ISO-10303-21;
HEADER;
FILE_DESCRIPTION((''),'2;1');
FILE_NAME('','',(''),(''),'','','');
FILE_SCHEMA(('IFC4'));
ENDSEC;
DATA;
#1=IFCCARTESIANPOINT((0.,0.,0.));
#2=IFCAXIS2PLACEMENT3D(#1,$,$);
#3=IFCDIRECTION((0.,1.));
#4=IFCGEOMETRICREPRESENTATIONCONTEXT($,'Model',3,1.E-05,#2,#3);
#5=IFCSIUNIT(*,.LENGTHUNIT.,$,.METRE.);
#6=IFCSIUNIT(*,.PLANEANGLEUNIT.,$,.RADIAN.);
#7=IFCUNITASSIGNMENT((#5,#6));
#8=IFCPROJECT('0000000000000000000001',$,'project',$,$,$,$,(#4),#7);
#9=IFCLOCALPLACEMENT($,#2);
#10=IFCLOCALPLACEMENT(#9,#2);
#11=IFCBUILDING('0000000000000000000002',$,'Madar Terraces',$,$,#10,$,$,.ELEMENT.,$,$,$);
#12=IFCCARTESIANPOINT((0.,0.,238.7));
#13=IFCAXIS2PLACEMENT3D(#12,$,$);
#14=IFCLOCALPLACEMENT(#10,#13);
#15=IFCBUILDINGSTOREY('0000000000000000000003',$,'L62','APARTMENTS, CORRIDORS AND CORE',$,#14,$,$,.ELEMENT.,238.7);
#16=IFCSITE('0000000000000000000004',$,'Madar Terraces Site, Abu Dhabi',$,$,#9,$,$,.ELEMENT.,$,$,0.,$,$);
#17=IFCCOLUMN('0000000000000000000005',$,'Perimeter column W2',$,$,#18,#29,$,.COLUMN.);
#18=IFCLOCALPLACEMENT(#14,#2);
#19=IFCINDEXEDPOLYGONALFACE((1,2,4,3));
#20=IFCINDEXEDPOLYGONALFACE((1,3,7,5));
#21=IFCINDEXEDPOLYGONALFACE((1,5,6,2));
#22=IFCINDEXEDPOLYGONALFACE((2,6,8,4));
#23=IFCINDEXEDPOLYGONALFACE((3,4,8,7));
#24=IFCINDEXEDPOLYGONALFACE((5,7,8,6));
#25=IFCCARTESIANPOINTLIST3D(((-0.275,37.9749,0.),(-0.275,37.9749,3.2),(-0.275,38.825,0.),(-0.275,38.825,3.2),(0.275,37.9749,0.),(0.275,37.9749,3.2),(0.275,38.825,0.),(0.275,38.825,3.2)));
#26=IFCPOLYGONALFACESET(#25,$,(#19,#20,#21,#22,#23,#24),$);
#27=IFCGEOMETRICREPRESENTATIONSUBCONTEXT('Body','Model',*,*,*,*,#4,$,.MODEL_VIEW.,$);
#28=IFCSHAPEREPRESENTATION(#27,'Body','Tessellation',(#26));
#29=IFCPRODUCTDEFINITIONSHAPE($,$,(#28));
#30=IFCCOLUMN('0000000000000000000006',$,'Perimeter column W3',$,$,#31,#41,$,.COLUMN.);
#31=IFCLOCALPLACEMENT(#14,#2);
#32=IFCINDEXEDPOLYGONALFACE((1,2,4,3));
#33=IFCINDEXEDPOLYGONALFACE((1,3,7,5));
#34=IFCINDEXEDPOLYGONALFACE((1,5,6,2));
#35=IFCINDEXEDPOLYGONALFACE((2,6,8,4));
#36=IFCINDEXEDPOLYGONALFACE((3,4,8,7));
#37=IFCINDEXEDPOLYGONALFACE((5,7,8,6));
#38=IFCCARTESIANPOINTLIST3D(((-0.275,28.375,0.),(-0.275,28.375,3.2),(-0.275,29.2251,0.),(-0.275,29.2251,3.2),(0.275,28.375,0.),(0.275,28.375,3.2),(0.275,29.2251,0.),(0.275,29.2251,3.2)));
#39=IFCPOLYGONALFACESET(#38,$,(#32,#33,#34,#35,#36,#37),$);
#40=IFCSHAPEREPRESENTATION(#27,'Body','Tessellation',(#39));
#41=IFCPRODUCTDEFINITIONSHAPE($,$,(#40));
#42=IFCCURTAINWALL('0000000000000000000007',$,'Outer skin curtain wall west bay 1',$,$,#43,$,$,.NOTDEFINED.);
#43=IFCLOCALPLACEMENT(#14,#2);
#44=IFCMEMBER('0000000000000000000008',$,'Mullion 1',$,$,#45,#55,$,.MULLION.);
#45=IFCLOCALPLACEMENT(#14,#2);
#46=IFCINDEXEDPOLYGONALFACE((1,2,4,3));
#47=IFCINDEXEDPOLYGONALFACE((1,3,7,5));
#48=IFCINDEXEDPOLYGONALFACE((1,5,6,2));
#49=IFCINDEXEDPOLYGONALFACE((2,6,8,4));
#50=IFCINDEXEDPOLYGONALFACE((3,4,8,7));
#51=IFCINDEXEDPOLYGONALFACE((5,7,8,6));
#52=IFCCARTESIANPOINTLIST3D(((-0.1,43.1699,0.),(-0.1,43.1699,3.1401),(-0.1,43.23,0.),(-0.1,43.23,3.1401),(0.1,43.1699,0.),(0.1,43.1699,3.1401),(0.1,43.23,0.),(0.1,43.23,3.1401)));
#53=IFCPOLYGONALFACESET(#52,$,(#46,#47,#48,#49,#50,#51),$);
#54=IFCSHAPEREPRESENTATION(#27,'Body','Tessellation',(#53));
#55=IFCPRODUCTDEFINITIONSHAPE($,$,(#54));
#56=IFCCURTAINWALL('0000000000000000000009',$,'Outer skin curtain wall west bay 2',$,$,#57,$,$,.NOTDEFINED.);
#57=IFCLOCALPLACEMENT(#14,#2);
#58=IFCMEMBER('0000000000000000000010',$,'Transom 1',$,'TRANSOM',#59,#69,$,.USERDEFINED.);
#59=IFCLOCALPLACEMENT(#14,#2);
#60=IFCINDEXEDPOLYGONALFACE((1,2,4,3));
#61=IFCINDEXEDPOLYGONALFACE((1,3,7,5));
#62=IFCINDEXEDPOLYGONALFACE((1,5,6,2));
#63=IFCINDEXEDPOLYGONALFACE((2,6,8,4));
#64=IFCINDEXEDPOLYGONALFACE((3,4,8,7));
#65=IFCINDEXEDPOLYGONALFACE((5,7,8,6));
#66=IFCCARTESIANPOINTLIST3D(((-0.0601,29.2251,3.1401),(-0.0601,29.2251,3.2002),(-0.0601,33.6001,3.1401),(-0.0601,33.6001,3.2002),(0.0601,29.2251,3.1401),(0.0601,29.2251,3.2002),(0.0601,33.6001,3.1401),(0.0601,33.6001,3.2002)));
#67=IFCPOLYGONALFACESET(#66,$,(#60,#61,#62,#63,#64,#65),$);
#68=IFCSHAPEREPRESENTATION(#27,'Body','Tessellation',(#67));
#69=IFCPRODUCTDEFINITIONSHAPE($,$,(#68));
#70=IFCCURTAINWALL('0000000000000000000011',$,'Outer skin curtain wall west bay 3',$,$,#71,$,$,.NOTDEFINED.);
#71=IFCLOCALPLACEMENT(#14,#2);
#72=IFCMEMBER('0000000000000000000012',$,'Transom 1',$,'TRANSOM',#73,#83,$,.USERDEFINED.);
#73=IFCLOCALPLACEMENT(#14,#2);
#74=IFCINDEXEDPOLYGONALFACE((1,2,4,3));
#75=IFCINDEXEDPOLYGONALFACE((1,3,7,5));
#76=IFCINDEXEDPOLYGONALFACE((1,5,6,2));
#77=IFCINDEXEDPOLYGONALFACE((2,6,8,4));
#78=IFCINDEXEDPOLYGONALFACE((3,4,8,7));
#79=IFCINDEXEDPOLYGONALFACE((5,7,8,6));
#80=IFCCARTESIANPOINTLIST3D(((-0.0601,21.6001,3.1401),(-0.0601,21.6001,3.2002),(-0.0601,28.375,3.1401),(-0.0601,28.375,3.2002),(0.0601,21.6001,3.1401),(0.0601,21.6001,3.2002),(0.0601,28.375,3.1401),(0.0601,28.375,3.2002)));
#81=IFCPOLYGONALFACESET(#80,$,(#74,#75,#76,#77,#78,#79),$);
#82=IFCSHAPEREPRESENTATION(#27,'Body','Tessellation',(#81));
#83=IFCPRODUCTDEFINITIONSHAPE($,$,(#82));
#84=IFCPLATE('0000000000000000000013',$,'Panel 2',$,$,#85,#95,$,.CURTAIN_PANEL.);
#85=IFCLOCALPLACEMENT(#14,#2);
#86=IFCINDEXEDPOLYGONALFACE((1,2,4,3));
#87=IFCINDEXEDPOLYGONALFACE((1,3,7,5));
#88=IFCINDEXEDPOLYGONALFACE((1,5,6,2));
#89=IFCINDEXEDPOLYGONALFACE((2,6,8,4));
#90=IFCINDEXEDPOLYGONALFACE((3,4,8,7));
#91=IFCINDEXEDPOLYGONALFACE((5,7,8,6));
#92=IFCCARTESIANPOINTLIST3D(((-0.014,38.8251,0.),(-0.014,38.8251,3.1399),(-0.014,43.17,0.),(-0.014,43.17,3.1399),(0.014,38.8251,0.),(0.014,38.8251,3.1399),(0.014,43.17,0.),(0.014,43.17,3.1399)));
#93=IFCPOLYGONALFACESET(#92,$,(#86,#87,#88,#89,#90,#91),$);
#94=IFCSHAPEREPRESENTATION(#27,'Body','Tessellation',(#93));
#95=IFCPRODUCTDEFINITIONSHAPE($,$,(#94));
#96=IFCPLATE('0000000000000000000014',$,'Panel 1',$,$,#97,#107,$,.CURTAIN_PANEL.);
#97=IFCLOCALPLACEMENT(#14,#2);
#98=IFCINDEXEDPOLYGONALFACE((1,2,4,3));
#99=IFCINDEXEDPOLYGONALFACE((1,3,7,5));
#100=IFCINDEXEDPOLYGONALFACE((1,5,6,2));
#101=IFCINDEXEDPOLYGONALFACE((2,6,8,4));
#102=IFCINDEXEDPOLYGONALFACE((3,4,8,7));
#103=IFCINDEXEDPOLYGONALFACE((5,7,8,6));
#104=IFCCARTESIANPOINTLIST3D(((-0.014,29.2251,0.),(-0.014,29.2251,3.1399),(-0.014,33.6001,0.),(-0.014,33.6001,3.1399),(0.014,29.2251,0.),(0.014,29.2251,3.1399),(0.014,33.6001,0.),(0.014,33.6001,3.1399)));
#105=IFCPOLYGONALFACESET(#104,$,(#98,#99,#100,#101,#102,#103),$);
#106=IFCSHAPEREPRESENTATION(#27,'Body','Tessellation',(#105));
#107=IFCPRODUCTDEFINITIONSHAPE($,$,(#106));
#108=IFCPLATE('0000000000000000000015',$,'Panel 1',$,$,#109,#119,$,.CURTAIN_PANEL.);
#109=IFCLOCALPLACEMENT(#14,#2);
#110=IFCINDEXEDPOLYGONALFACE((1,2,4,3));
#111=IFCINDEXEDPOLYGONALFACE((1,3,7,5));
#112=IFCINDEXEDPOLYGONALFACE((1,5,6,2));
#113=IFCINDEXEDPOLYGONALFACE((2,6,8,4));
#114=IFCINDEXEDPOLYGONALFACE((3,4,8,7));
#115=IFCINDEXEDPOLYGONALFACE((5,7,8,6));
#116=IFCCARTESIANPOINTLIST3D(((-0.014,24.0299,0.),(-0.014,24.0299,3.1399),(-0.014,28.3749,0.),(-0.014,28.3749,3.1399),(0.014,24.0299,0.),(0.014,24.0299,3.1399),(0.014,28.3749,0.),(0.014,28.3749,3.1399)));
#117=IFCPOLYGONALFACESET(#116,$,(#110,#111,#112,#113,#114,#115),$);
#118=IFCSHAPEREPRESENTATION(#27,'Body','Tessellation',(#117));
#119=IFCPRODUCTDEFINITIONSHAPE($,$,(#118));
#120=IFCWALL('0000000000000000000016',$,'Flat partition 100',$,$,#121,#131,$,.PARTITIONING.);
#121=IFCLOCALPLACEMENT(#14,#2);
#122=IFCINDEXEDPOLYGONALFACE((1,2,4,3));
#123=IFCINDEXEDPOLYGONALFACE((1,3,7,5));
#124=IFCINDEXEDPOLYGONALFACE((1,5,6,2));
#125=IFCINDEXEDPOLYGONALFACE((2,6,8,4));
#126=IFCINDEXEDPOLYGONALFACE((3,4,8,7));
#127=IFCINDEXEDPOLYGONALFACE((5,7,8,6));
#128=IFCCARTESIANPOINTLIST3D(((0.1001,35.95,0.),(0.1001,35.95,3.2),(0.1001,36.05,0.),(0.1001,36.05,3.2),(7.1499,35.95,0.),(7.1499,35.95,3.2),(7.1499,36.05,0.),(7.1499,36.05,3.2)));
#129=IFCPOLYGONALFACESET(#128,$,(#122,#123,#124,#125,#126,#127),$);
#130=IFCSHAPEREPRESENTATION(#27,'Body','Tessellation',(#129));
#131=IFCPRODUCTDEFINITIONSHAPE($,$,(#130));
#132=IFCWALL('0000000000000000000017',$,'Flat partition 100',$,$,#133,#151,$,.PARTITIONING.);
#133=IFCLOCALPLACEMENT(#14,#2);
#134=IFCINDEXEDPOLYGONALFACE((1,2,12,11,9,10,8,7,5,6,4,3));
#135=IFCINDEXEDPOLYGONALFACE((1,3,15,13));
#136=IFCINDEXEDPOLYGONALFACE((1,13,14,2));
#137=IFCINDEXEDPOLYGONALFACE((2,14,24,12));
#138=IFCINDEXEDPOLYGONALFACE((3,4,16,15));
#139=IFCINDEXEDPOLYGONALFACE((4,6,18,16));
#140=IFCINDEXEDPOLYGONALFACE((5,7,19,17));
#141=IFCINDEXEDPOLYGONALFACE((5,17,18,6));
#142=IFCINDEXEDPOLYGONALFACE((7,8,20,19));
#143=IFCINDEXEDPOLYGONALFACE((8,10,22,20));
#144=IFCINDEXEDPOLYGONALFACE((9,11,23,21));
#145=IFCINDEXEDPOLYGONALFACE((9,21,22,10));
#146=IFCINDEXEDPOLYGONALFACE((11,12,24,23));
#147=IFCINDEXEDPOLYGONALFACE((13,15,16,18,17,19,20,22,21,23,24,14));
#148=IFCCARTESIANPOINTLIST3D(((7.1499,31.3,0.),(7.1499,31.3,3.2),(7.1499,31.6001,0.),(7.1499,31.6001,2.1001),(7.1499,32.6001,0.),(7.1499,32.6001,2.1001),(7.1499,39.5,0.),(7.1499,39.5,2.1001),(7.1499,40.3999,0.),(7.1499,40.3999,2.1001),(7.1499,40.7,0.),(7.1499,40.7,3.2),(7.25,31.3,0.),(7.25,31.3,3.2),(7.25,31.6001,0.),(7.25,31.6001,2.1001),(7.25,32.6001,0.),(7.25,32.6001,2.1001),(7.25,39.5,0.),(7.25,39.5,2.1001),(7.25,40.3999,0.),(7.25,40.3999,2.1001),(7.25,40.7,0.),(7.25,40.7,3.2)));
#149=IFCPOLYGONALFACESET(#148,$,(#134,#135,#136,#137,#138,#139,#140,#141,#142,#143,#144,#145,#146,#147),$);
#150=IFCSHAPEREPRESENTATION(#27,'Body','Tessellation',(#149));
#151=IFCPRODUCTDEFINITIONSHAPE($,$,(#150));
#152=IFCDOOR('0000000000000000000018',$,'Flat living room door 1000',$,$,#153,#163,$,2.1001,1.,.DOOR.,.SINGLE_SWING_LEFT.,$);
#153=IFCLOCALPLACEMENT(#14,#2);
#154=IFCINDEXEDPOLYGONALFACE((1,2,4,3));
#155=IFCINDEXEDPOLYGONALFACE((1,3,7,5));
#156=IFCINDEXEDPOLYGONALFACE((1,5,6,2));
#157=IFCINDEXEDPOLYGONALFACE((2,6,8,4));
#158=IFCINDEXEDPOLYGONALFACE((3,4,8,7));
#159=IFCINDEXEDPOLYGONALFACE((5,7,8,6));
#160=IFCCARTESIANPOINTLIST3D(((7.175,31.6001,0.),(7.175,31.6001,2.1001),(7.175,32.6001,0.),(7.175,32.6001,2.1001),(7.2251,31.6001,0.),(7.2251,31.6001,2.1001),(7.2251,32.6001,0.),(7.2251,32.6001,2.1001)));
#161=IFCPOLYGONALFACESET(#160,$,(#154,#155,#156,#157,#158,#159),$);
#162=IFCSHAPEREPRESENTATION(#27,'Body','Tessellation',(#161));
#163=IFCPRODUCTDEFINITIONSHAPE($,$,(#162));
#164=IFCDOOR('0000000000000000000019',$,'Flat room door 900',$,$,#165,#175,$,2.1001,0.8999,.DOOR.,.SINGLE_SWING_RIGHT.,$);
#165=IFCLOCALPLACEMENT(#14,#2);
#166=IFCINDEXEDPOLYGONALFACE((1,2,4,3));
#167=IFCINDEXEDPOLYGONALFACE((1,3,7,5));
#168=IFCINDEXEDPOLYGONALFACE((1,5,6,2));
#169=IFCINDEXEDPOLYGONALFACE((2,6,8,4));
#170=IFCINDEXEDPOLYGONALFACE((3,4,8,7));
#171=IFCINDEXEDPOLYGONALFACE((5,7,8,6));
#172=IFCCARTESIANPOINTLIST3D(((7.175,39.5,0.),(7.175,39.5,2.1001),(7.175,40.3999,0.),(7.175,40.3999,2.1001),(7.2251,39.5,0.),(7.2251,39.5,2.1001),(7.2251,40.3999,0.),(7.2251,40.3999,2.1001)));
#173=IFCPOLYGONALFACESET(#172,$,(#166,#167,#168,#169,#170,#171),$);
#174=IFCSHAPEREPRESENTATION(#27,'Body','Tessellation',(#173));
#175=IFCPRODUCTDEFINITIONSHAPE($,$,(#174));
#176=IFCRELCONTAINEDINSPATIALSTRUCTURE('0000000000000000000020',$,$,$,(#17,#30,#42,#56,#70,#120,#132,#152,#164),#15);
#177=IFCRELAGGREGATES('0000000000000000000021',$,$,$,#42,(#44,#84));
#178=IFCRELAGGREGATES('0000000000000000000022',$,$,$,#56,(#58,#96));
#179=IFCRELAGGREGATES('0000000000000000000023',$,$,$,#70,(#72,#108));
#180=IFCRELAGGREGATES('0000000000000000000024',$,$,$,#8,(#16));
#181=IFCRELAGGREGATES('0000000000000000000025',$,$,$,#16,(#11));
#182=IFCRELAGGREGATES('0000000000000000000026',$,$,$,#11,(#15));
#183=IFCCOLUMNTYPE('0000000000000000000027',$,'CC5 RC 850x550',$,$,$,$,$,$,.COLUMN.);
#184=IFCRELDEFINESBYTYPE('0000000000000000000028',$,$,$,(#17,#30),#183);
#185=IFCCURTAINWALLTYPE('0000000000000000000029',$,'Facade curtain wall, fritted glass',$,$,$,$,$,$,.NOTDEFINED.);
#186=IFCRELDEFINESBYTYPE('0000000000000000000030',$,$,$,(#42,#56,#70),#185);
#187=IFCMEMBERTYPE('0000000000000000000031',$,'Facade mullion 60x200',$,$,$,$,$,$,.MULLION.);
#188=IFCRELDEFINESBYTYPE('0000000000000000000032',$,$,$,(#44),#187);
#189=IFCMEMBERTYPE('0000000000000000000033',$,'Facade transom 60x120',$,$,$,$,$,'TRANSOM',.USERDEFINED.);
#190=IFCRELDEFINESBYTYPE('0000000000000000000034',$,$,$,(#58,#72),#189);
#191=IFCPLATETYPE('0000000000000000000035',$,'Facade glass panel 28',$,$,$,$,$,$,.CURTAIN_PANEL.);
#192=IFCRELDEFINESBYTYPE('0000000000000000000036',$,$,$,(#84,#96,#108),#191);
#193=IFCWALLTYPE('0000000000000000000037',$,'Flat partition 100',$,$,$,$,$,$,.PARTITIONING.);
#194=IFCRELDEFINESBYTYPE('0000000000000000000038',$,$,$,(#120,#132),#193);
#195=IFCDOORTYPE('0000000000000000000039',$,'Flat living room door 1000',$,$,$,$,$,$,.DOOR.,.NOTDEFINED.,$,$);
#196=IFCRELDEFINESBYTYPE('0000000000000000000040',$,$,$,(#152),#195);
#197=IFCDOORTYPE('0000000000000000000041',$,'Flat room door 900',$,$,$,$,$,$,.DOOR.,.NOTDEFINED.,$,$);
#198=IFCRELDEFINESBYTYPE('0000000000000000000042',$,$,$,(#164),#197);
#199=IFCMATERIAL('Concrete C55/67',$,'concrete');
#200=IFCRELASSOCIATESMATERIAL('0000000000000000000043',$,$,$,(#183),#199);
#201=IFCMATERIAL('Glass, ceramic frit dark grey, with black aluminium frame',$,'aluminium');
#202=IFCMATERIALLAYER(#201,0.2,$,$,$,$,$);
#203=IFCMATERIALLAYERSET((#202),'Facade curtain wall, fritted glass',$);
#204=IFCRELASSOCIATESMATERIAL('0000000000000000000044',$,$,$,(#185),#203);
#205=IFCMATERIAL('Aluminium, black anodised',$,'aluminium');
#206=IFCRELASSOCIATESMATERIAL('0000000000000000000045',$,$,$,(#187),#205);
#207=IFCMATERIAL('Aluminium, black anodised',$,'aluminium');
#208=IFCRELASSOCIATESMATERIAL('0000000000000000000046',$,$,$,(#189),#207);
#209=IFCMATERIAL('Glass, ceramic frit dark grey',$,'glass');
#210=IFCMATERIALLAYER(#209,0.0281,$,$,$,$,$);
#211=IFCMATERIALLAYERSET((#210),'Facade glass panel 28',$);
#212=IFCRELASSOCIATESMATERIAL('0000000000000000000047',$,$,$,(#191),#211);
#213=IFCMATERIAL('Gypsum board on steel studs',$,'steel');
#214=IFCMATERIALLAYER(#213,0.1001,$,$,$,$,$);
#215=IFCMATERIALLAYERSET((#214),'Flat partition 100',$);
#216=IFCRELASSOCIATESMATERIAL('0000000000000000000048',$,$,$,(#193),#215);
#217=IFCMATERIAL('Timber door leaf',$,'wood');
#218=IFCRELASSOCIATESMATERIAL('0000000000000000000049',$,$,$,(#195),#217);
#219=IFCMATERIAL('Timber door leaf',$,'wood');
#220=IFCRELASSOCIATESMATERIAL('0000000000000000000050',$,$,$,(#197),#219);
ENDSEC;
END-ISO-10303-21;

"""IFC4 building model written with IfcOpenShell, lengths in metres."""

from ifc_helpers import new_model, si_unit, direction, frame, frame_2d, origin, origin_2d, place, context, subcontext, project, spatial, rectangle, extrude, material, layer, layer_set, material_profile, profile_set, type_object, element, fill, aggregate, save


model = new_model("IFC4")

# Units and contexts
model_context = context("Model", 3, precision=1e-05, world=origin(), true_north=direction((0.0, 1.0)))
body_context = subcontext(model_context, "Body", "Model", "MODEL_VIEW")
ifc_project = project(units=[si_unit("LENGTHUNIT", "METRE"), si_unit("PLANEANGLEUNIT", "RADIAN")], contexts=[model_context])

# Site, building, storey
site_placement = place(None, origin())
site = spatial("IfcSite", under=ifc_project, at=site_placement, Name="Madar Terraces Site, Abu Dhabi", CompositionType="ELEMENT", RefElevation=0.0)
building_placement = place(site_placement, origin())
building = spatial("IfcBuilding", under=site, at=building_placement, Name="Madar Terraces", CompositionType="ELEMENT")
storey_placement = place(building_placement, frame((0.0, 0.0, 238.7)))
storey = spatial("IfcBuildingStorey", under=building, at=storey_placement, Name="L62", Description="APARTMENTS, CORRIDORS AND CORE", CompositionType="ELEMENT", Elevation=238.7)

# Columns
ifc_material_1 = material(Name="Concrete C55/67", Category="concrete")
ifc_material_profile_1 = material_profile(ifc_material_1, rectangle(XDim=0.8501, YDim=0.55, at=origin_2d()), Name="CC5 RC 850x550")
ifc_profile_set_1 = profile_set([ifc_material_profile_1], Name="Concrete C55/67")
column_type = type_object("IfcColumnType", Name="CC5 RC 850x550", PredefinedType="COLUMN", material=ifc_profile_set_1)
for number, where, z_axis, x_axis, name in (
    (1, (0.0, 38.3999, 0.0), (0.0, 0.0, 1.0), (0.0, 1.0, 0.0), "Perimeter column W2"),
    (2, (0.0, 28.8, 0.0), (0.0, 0.0, 1.0), (0.0, 1.0, 0.0), "Perimeter column W3"),
):
    element("IfcColumn", number, at=place(storey_placement, frame(where, z_axis=z_axis, x_axis=x_axis)), inside=storey, type_object=column_type, Name=name, PredefinedType="COLUMN", context=body_context, shape_type="SweptSolid", body=[
        extrude(rectangle(XDim=0.8501, YDim=0.55, at=origin_2d()), origin(), (0.0, 0.0, 1.0), 3.2),
    ])

# Curtain walls, members
ifc_material_2 = material(Name="Glass, ceramic frit dark grey, with black aluminium frame", Category="aluminium")
ifc_layer_1 = layer(ifc_material_2, 0.2)
ifc_layer_set_1 = layer_set([ifc_layer_1], Name="Facade curtain wall, fritted glass")
curtain_wall_type = type_object("IfcCurtainWallType", Name="Facade curtain wall, fritted glass", PredefinedType="NOTDEFINED", material=ifc_layer_set_1)
curtain_wall_1_placement = place(storey_placement, origin())
curtain_wall_1 = element("IfcCurtainWall", 3, at=curtain_wall_1_placement, inside=storey, type_object=curtain_wall_type, Name="Outer skin curtain wall west bay 1", PredefinedType="NOTDEFINED")
ifc_material_3 = material(Name="Aluminium, black anodised", Category="aluminium")
ifc_material_profile_2 = material_profile(ifc_material_3, rectangle(XDim=0.2, YDim=0.0601, at=origin_2d()), Name="Facade mullion 60x200")
ifc_profile_set_2 = profile_set([ifc_material_profile_2], Name="Aluminium, black anodised")
member_type_1 = type_object("IfcMemberType", Name="Facade mullion 60x200", PredefinedType="MULLION", material=ifc_profile_set_2)
member_1_placement = place(storey_placement, frame((0.0, 43.2, 0.0), z_axis=(0.0, 0.0, 1.0), x_axis=(1.0, 0.0, 0.0)))
member_1 = element("IfcMember", 4, at=member_1_placement, type_object=member_type_1, Name="Mullion 1", PredefinedType="MULLION", context=body_context, shape_type="SweptSolid", body=[
    extrude(rectangle(XDim=0.2, YDim=0.0601, at=origin_2d()), origin(), (0.0, 0.0, 1.0), 3.1401),
])
curtain_wall_2_placement = place(storey_placement, origin())
curtain_wall_2 = element("IfcCurtainWall", 5, at=curtain_wall_2_placement, inside=storey, type_object=curtain_wall_type, Name="Outer skin curtain wall west bay 2", PredefinedType="NOTDEFINED")
ifc_material_4 = material(Name="Aluminium, black anodised", Category="aluminium")
ifc_material_profile_3 = material_profile(ifc_material_4, rectangle(XDim=0.1201, YDim=0.0601, at=origin_2d()), Name="Facade transom 60x120")
ifc_profile_set_3 = profile_set([ifc_material_profile_3], Name="Aluminium, black anodised")
member_type_2 = type_object("IfcMemberType", Name="Facade transom 60x120", ElementType="TRANSOM", PredefinedType="USERDEFINED", material=ifc_profile_set_3)
member_2_placement = place(storey_placement, frame((0.0, 33.6001, 3.1702), z_axis=(0.0, -1.0, 0.0), x_axis=(1.0, 0.0, 0.0)))
member_2 = element("IfcMember", 6, at=member_2_placement, type_object=member_type_2, Name="Transom 1", ObjectType="TRANSOM", PredefinedType="USERDEFINED", context=body_context, shape_type="SweptSolid", body=[
    extrude(rectangle(XDim=0.1201, YDim=0.0601, at=origin_2d()), origin(), (0.0, 0.0, 1.0), 4.375),
])
curtain_wall_3_placement = place(storey_placement, origin())
curtain_wall_3 = element("IfcCurtainWall", 7, at=curtain_wall_3_placement, inside=storey, type_object=curtain_wall_type, Name="Outer skin curtain wall west bay 3", PredefinedType="NOTDEFINED")
member_3_placement = place(storey_placement, frame((0.0, 28.375, 3.1702), z_axis=(0.0, -1.0, 0.0), x_axis=(1.0, 0.0, 0.0)))
member_3 = element("IfcMember", 8, at=member_3_placement, type_object=member_type_2, Name="Transom 1", ObjectType="TRANSOM", PredefinedType="USERDEFINED", context=body_context, shape_type="SweptSolid", body=[
    extrude(rectangle(XDim=0.1201, YDim=0.0601, at=origin_2d()), origin(), (0.0, 0.0, 1.0), 6.7749),
])

# Plates
ifc_material_5 = material(Name="Glass, ceramic frit dark grey", Category="glass")
ifc_layer_2 = layer(ifc_material_5, 0.0281)
ifc_layer_set_2 = layer_set([ifc_layer_2], Name="Facade glass panel 28")
plate_type = type_object("IfcPlateType", Name="Facade glass panel 28", PredefinedType="CURTAIN_PANEL", material=ifc_layer_set_2)
plate_1_placement = place(storey_placement, frame((0.0, 40.9976, 0.0), z_axis=(0.0, 0.0, 1.0), x_axis=(0.0, -1.0, 0.0)))
plate_1 = element("IfcPlate", 9, at=plate_1_placement, type_object=plate_type, Name="Panel 2", PredefinedType="CURTAIN_PANEL", context=body_context, shape_type="SweptSolid", body=[
    extrude(rectangle(XDim=4.345, YDim=0.0281, at=origin_2d()), origin(), (0.0, 0.0, 1.0), 3.1399),
])
aggregate(curtain_wall_1, [member_1, plate_1])
plate_2_placement = place(storey_placement, frame((0.0, 31.4126, 0.0), z_axis=(0.0, 0.0, 1.0), x_axis=(0.0, -1.0, 0.0)))
plate_2 = element("IfcPlate", 10, at=plate_2_placement, type_object=plate_type, Name="Panel 1", PredefinedType="CURTAIN_PANEL", context=body_context, shape_type="SweptSolid", body=[
    extrude(rectangle(XDim=4.375, YDim=0.0281, at=origin_2d()), origin(), (0.0, 0.0, 1.0), 3.1399),
])
aggregate(curtain_wall_2, [member_2, plate_2])
plate_3_placement = place(storey_placement, frame((0.0, 26.2024, 0.0), z_axis=(0.0, 0.0, 1.0), x_axis=(0.0, -1.0, 0.0)))
plate_3 = element("IfcPlate", 11, at=plate_3_placement, type_object=plate_type, Name="Panel 1", PredefinedType="CURTAIN_PANEL", context=body_context, shape_type="SweptSolid", body=[
    extrude(rectangle(XDim=4.345, YDim=0.0281, at=origin_2d()), origin(), (0.0, 0.0, 1.0), 3.1399),
])
aggregate(curtain_wall_3, [member_3, plate_3])

# Wall
ifc_material_6 = material(Name="Gypsum board on steel studs", Category="steel")
ifc_layer_3 = layer(ifc_material_6, 0.1001)
ifc_layer_set_3 = layer_set([ifc_layer_3], Name="Flat partition 100")
wall_type_1 = type_object("IfcWallType", Name="Flat partition 100", PredefinedType="PARTITIONING", material=ifc_layer_set_3)
wall_1_placement = place(storey_placement, frame((7.1499, 36.0, 0.0), z_axis=(0.0, 0.0, 1.0), x_axis=(-1.0, 0.0, 0.0)))
element("IfcWall", 12, at=wall_1_placement, inside=storey, type_object=wall_type_1, Name="Flat partition 100", PredefinedType="PARTITIONING", context=body_context, shape_type="SweptSolid", body=[
    extrude(rectangle(XDim=7.0498, YDim=0.1001, at=frame_2d((3.5249, 0.0))), origin(), (0.0, 0.0, 1.0), 3.2),
])

# Wall, openings, doors
wall_2_placement = place(storey_placement, frame((7.2, 31.3, 0.0), z_axis=(0.0, 0.0, 1.0), x_axis=(0.0, 1.0, 0.0)))
wall_2 = element("IfcWall", 13, at=wall_2_placement, inside=storey, type_object=wall_type_1, Name="Flat partition 100", PredefinedType="PARTITIONING", context=body_context, shape_type="SweptSolid", body=[
    extrude(rectangle(XDim=9.3999, YDim=0.1001, at=frame_2d((4.7, 0.0))), origin(), (0.0, 0.0, 1.0), 3.2),
])
opening_1_placement = place(wall_2_placement, frame((8.2, 0.0, 0.0)))
opening_1 = element("IfcOpeningElement", 14, at=opening_1_placement, cuts=wall_2, PredefinedType="OPENING", context=body_context, shape_type="SweptSolid", body=[
    extrude(rectangle(XDim=0.8999, YDim=2.1001, at=frame_2d((0.45, 1.05))), frame((0.0, 0.0601, 0.0), z_axis=(0.0, -1.0, 0.0), x_axis=(1.0, 0.0, 0.0)), (0.0, 0.0, 1.0), 0.1201),
])
opening_2_placement = place(wall_2_placement, frame((0.3, 0.0, 0.0)))
opening_2 = element("IfcOpeningElement", 15, at=opening_2_placement, cuts=wall_2, PredefinedType="OPENING", context=body_context, shape_type="SweptSolid", body=[
    extrude(rectangle(XDim=1.0, YDim=2.1001, at=frame_2d((0.5, 1.05))), frame((0.0, 0.0601, 0.0), z_axis=(0.0, -1.0, 0.0), x_axis=(1.0, 0.0, 0.0)), (0.0, 0.0, 1.0), 0.1201),
])
ifc_material_7 = material(Name="Timber door leaf", Category="wood")
door_type_1 = type_object("IfcDoorType", Name="Flat living room door 1000", OperationType="NOTDEFINED", PredefinedType="DOOR", material=ifc_material_7)
door_1_placement = place(opening_2_placement, origin())
door_1 = element("IfcDoor", 16, at=door_1_placement, inside=storey, type_object=door_type_1, Name="Flat living room door 1000", OperationType="SINGLE_SWING_LEFT", OverallHeight=2.1001, OverallWidth=1.0, PredefinedType="DOOR", context=body_context, shape_type="SweptSolid", body=[
    extrude(rectangle(XDim=1.0, YDim=2.1001, at=frame_2d((0.5, 1.05))), frame((0.0, 0.0249, 0.0), z_axis=(0.0, -1.0, 0.0), x_axis=(1.0, 0.0, 0.0)), (0.0, 0.0, 1.0), 0.05),
])
fill(opening_2, door_1)
ifc_material_8 = material(Name="Timber door leaf", Category="wood")
door_type_2 = type_object("IfcDoorType", Name="Flat room door 900", OperationType="NOTDEFINED", PredefinedType="DOOR", material=ifc_material_8)
door_2_placement = place(opening_1_placement, origin())
door_2 = element("IfcDoor", 17, at=door_2_placement, inside=storey, type_object=door_type_2, Name="Flat room door 900", OperationType="SINGLE_SWING_RIGHT", OverallHeight=2.1001, OverallWidth=0.8999, PredefinedType="DOOR", context=body_context, shape_type="SweptSolid", body=[
    extrude(rectangle(XDim=0.8999, YDim=2.1001, at=frame_2d((0.45, 1.05))), frame((0.0, 0.0249, 0.0), z_axis=(0.0, -1.0, 0.0), x_axis=(1.0, 0.0, 0.0)), (0.0, 0.0, 1.0), 0.05),
])
fill(opening_1, door_2)

save(model, "model.ifc")
